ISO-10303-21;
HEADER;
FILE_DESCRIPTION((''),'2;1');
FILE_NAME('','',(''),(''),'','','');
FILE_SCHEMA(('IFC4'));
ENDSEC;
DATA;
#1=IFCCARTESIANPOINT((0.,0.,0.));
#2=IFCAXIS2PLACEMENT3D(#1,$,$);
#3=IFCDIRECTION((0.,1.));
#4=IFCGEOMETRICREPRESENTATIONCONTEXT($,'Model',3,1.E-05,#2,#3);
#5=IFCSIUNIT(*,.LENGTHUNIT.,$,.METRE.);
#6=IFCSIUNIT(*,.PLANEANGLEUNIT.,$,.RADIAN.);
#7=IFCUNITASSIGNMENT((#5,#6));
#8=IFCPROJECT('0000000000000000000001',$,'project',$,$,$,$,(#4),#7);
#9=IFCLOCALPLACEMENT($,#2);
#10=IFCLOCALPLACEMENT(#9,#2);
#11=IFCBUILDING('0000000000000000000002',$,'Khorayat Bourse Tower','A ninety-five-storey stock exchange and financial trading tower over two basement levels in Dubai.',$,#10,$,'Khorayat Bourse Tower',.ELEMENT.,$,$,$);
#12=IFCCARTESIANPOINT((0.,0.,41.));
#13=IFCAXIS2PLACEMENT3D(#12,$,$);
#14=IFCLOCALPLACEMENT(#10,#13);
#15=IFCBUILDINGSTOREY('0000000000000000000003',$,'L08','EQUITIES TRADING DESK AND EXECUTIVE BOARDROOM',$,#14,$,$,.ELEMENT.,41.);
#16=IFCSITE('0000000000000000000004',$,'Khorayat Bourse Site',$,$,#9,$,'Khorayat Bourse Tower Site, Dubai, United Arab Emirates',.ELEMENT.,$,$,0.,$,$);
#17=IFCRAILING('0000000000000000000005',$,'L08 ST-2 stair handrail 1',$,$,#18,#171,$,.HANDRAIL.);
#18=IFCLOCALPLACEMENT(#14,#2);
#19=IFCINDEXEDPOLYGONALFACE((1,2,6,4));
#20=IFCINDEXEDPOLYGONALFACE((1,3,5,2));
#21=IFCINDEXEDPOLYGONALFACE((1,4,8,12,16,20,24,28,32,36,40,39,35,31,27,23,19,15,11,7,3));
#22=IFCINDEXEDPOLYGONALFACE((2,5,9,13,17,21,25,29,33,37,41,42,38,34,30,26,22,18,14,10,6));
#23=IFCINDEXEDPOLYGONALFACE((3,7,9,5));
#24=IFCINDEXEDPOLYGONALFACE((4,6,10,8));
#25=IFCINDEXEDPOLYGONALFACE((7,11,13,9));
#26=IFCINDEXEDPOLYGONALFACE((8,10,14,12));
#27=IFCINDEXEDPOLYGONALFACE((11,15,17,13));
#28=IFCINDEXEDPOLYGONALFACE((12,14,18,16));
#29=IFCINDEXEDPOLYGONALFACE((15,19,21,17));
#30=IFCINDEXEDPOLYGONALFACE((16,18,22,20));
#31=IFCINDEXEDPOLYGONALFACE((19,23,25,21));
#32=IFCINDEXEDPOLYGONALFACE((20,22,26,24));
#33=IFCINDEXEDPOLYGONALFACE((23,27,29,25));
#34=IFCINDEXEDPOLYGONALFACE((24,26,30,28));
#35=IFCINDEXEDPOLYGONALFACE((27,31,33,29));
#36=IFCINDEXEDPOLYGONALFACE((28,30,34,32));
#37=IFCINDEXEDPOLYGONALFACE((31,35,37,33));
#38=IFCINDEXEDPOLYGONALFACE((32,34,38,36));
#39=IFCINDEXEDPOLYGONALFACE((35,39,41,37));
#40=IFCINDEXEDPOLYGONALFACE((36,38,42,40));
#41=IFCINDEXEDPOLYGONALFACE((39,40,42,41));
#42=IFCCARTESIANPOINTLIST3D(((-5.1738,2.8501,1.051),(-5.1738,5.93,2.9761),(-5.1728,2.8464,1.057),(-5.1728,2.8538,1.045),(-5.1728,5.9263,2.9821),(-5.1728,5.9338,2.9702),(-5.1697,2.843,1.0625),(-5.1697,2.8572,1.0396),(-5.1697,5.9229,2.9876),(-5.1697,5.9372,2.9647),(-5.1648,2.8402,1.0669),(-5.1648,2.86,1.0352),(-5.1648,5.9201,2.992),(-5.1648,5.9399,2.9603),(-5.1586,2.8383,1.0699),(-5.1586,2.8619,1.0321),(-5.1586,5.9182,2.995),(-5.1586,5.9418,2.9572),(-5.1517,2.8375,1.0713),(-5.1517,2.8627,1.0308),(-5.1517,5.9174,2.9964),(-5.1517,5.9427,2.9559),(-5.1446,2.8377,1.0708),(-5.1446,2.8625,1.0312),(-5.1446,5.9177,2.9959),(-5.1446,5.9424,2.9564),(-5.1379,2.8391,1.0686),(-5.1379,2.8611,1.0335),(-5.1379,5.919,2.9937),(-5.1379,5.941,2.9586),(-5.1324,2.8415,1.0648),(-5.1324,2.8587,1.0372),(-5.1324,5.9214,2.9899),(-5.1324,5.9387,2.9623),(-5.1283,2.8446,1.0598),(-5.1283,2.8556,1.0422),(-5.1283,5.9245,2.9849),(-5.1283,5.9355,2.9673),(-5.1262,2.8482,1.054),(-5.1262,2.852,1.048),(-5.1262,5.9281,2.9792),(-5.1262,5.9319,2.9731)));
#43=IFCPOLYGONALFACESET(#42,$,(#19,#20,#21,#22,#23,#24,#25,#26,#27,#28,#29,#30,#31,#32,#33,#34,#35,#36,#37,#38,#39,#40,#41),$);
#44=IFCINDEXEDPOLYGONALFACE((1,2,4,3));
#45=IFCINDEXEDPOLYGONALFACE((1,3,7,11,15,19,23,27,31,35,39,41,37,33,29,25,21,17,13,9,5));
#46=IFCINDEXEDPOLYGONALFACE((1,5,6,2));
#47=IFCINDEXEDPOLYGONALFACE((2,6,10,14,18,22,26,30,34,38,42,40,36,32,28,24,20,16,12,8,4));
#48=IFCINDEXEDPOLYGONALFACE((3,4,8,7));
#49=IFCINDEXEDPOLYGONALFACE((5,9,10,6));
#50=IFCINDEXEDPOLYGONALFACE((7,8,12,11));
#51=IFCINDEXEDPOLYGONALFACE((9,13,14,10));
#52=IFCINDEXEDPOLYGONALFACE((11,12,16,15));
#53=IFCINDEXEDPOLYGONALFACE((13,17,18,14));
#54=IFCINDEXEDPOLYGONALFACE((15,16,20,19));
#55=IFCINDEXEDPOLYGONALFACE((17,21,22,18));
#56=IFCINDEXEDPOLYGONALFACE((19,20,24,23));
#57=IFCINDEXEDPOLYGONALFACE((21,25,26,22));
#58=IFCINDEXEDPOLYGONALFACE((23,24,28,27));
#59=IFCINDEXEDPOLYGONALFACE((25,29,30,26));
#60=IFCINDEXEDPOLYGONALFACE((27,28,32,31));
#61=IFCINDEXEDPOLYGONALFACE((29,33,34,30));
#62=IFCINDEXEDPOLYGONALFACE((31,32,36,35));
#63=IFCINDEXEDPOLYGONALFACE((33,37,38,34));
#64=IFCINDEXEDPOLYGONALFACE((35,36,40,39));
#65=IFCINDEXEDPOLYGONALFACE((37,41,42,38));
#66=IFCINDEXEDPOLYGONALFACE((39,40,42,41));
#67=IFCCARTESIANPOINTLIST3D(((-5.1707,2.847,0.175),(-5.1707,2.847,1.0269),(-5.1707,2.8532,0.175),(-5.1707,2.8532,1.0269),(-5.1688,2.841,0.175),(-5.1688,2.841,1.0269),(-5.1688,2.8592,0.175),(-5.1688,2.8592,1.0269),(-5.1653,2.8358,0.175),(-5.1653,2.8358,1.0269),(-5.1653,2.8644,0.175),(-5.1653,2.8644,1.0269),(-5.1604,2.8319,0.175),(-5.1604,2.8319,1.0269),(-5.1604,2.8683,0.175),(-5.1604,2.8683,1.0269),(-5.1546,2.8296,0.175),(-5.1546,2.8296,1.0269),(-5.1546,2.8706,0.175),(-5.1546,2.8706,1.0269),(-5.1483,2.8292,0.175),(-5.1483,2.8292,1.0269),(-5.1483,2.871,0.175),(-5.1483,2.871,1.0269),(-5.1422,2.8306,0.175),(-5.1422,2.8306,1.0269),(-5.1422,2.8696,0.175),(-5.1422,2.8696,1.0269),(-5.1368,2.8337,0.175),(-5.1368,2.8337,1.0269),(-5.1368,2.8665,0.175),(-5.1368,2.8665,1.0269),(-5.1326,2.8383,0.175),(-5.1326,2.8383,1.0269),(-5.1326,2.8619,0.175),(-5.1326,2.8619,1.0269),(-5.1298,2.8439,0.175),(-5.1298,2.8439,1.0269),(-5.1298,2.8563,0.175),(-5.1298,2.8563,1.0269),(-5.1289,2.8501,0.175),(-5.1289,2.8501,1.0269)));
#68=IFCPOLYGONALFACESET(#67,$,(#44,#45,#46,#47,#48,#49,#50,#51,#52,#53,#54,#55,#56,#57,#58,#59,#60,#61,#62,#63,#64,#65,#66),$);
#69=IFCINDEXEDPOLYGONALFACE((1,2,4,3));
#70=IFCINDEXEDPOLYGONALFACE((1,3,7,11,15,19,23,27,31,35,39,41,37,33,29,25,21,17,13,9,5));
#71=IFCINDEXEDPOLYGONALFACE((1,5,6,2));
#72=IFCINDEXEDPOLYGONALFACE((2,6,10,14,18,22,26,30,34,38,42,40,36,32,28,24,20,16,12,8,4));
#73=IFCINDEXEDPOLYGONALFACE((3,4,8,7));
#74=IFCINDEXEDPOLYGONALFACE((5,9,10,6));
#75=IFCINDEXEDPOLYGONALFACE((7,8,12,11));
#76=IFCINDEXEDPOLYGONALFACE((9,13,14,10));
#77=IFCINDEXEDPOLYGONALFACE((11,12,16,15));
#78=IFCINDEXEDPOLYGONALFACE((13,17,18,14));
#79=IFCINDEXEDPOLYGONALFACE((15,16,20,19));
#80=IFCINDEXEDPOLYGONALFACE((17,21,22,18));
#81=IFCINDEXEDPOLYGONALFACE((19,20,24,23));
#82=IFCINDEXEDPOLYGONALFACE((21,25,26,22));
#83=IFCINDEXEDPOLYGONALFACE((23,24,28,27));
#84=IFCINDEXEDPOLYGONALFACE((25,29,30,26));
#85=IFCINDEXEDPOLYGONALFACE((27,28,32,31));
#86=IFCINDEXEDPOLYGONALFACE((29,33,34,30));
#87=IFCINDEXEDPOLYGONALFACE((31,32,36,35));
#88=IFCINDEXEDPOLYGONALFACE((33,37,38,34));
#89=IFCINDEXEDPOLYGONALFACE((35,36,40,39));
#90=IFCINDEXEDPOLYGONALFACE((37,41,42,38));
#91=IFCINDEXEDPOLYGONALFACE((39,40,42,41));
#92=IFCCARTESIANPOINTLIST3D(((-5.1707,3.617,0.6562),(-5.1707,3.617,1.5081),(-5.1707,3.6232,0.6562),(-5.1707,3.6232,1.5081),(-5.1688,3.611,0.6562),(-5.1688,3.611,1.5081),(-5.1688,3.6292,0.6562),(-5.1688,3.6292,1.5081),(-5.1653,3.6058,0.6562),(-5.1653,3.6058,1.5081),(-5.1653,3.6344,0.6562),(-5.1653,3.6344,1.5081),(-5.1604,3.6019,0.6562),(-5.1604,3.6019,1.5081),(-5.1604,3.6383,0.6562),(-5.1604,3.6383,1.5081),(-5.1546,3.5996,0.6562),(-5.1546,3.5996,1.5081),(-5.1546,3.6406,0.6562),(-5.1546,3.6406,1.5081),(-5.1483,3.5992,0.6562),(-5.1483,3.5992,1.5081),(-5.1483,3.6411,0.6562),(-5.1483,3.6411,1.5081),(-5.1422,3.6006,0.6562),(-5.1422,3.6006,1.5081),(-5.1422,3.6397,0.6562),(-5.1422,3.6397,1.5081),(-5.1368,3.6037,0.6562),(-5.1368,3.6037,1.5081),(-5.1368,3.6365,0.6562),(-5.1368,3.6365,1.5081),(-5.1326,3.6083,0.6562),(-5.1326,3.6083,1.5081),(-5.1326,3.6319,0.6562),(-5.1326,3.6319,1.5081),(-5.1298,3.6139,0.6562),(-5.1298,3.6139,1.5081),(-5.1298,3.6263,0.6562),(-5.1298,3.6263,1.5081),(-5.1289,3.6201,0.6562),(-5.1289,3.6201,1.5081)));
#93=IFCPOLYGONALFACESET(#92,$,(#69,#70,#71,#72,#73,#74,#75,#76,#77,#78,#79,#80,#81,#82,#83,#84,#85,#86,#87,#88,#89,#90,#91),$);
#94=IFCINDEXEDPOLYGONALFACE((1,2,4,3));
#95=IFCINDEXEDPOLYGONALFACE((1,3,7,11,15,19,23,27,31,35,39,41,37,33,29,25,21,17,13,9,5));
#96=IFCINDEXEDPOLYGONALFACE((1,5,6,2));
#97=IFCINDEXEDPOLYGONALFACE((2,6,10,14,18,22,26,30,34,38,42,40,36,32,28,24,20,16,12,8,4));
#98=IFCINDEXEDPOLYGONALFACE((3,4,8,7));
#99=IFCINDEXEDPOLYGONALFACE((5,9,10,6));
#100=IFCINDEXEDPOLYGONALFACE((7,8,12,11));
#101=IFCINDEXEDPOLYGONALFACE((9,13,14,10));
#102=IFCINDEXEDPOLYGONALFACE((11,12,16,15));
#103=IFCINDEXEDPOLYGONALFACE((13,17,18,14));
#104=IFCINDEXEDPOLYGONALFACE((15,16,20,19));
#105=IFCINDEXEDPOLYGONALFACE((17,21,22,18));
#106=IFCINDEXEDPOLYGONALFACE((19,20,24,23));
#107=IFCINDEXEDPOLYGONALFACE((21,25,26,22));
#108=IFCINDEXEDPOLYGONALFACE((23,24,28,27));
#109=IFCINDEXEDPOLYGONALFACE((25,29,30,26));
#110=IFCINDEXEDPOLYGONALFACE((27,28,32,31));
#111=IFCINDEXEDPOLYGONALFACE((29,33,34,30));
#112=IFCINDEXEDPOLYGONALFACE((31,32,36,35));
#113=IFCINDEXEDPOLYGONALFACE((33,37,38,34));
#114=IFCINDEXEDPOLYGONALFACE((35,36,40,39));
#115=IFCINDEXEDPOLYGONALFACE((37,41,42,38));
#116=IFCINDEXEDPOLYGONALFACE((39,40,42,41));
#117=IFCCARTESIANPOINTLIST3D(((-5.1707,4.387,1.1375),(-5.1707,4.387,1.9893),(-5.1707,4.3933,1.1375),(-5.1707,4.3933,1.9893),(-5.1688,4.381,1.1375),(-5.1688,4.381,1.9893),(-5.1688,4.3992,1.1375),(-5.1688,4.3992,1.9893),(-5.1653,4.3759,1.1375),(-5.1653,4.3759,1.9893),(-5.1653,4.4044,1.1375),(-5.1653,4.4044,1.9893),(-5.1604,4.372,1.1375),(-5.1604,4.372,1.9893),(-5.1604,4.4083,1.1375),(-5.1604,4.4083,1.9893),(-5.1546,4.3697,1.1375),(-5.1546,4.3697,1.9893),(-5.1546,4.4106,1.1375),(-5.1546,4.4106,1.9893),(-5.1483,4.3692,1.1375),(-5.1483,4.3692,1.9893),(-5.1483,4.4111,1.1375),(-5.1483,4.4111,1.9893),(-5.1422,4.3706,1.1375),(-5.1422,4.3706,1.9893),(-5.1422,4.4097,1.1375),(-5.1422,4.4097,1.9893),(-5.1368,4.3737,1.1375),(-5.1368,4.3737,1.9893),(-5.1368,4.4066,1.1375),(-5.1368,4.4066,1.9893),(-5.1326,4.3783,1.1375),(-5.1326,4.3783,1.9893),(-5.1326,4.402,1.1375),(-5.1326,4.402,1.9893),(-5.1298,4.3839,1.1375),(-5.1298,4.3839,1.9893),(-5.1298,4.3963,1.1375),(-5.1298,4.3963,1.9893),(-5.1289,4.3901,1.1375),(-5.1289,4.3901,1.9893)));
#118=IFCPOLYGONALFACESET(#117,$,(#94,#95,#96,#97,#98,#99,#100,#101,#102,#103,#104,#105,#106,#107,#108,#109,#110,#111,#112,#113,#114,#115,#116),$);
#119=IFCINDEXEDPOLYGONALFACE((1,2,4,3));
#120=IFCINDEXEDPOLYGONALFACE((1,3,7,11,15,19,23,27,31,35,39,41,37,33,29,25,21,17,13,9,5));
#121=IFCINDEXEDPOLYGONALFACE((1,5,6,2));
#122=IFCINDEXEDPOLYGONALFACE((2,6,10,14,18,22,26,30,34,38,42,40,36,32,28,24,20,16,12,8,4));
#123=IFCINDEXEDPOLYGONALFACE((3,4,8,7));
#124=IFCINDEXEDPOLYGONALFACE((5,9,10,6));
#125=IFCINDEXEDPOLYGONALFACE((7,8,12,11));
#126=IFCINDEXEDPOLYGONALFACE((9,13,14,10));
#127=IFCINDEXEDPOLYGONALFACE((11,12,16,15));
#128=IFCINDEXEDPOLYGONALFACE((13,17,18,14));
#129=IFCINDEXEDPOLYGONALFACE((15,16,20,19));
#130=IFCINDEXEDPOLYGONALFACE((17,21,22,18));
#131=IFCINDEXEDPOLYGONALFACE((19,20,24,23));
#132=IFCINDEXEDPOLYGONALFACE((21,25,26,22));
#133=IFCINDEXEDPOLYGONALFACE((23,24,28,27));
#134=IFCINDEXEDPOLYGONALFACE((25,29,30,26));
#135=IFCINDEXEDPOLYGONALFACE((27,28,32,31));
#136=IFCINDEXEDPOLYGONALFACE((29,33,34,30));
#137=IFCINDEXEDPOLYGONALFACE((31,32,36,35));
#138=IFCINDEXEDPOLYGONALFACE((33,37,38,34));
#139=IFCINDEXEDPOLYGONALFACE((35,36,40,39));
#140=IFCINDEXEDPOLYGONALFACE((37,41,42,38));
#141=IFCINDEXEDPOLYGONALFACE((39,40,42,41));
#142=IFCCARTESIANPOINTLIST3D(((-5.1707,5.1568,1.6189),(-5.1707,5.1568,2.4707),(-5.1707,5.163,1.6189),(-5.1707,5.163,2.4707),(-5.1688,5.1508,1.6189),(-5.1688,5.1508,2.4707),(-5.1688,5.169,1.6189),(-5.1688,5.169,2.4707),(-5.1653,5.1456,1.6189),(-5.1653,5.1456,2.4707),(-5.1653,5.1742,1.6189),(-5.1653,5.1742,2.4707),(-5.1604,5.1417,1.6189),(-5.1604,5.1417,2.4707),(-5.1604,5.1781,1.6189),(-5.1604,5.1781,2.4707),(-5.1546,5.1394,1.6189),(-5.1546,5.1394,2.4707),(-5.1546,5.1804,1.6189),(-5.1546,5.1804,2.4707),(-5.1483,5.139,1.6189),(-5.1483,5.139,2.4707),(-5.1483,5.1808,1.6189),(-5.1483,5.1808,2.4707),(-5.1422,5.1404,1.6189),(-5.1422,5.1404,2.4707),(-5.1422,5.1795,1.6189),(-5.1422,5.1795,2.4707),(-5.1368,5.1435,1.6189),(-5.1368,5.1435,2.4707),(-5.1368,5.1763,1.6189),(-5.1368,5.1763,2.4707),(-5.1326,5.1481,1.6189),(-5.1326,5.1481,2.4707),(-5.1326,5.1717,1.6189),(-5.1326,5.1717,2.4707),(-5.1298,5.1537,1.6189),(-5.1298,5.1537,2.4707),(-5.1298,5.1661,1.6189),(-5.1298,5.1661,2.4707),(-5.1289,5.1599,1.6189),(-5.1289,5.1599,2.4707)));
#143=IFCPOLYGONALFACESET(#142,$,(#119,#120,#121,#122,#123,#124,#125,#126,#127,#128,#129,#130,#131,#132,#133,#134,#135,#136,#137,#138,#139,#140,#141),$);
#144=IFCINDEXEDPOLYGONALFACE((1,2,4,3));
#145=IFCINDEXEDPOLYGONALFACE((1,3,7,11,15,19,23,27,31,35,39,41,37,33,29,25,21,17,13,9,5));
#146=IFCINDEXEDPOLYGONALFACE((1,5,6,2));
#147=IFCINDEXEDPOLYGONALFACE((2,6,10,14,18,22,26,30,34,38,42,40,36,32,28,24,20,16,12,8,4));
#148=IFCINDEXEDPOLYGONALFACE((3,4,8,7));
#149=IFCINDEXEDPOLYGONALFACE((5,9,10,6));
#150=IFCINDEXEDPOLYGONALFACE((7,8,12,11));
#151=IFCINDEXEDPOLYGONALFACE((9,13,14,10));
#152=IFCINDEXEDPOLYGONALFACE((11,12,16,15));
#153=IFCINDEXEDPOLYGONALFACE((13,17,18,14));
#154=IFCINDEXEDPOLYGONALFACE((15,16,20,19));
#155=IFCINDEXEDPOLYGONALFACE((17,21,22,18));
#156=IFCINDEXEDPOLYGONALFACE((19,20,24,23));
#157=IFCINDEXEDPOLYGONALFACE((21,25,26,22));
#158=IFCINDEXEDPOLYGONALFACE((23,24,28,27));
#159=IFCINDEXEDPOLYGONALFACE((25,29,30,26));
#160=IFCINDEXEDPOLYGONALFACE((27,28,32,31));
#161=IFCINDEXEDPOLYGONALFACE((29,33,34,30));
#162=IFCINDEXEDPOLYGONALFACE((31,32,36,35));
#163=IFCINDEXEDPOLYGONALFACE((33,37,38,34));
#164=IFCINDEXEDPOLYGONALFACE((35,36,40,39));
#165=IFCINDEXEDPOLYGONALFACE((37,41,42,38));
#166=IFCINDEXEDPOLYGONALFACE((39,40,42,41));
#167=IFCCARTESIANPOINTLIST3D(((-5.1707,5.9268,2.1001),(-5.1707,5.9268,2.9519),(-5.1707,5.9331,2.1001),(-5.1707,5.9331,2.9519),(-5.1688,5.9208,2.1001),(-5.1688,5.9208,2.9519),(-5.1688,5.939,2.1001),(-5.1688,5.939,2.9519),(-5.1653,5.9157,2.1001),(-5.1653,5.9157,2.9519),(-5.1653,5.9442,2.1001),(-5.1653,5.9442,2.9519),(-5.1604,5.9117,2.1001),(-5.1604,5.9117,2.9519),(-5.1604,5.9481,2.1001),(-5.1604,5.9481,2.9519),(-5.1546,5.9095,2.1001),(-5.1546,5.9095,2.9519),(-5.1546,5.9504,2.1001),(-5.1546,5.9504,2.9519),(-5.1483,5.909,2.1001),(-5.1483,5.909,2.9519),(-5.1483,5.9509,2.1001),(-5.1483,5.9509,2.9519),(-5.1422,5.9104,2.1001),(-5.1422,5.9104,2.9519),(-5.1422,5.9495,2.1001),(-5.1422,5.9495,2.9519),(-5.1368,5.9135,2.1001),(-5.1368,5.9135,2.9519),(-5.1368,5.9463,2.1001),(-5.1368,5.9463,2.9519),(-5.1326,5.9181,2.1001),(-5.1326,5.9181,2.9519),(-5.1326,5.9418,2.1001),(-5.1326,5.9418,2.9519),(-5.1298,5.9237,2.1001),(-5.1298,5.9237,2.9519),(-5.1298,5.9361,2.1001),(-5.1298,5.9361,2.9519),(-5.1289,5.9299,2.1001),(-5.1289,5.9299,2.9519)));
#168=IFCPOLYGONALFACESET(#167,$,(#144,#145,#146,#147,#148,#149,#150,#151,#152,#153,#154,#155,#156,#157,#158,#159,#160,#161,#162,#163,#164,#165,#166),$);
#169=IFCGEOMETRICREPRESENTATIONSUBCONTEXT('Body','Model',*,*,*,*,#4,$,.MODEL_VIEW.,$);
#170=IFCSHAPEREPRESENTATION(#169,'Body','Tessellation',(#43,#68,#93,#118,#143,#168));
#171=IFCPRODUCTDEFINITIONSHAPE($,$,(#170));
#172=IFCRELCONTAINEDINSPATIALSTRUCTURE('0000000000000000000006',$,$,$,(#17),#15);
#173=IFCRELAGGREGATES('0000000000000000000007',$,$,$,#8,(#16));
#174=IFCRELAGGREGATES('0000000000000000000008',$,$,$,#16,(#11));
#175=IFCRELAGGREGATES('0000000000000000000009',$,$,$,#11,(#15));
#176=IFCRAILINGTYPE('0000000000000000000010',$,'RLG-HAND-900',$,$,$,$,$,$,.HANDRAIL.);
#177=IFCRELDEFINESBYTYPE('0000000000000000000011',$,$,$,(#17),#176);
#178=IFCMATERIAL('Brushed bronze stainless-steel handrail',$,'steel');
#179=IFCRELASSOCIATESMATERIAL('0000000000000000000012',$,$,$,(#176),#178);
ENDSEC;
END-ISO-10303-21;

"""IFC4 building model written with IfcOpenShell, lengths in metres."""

from ifc_helpers import new_model, si_unit, direction, frame, origin, origin_2d, place, context, subcontext, project, spatial, circle, extrude, source, transform, mapped, material, type_object, element, save


model = new_model("IFC4")

# Units and contexts
model_context = context("Model", 3, precision=1e-05, world=origin(), true_north=direction((0.0, 1.0)))
body_context = subcontext(model_context, "Body", "Model", "MODEL_VIEW")
ifc_project = project(units=[si_unit("LENGTHUNIT", "METRE"), si_unit("PLANEANGLEUNIT", "RADIAN")], contexts=[model_context])

# Site, building, storey
site_placement = place(None, origin())
site = spatial("IfcSite", under=ifc_project, at=site_placement, Name="Khorayat Bourse Site", LongName="Khorayat Bourse Tower Site, Dubai, United Arab Emirates", CompositionType="ELEMENT", RefElevation=0.0)
building_placement = place(site_placement, origin())
building = spatial("IfcBuilding", under=site, at=building_placement, Name="Khorayat Bourse Tower", Description="A ninety-five-storey stock exchange and financial trading tower over two basement levels in Dubai.", LongName="Khorayat Bourse Tower", CompositionType="ELEMENT")
storey_placement = place(building_placement, frame((0.0, 0.0, 41.0)))
storey = spatial("IfcBuildingStorey", under=building, at=storey_placement, Name="L08", Description="EQUITIES TRADING DESK AND EXECUTIVE BOARDROOM", CompositionType="ELEMENT", Elevation=41.0)

# Railing
ifc_material_1 = material(Name="Brushed bronze stainless-steel handrail", Category="steel")
railing_type_1 = type_object("IfcRailingType", Name="RLG-HAND-900", PredefinedType="HANDRAIL", material=ifc_material_1)
shared_shape_1 = source(origin(), body_context, "Body", "SweptSolid", [
    extrude(circle(Radius=0.0239, at=origin_2d()), frame((0.0, 0.0, 0.876), z_axis=(0.0, 0.847979, 0.530029), x_axis=(-1.0, 0.0, 0.0)), (0.0, 0.0, 1.0), 3.6321),
    extrude(circle(Radius=0.021, at=origin_2d()), origin(), (0.0, 0.0, 1.0), 0.8518),
    extrude(circle(Radius=0.021, at=origin_2d()), frame((0.0, 0.77, 0.4812)), (0.0, 0.0, 1.0), 0.8518),
    extrude(circle(Radius=0.021, at=origin_2d()), frame((0.0, 1.54, 0.9624)), (0.0, 0.0, 1.0), 0.8518),
    extrude(circle(Radius=0.021, at=origin_2d()), frame((0.0, 2.3098, 1.4438)), (0.0, 0.0, 1.0), 0.8518),
    extrude(circle(Radius=0.021, at=origin_2d()), frame((0.0, 3.0798, 1.925)), (0.0, 0.0, 1.0), 0.8518),
])
railing_1_placement = place(storey_placement, frame((-5.1499, 2.8501, 0.175)))
element("IfcRailing", 1, at=railing_1_placement, inside=storey, type_object=railing_type_1, Name="L08 ST-2 stair handrail 1", PredefinedType="HANDRAIL", context=body_context, shape_type="MappedRepresentation", body=[
    mapped(shared_shape_1, transform((0.0, 0.0, 0.0), scale=1.0)),
])

save(model, "model.ifc")
